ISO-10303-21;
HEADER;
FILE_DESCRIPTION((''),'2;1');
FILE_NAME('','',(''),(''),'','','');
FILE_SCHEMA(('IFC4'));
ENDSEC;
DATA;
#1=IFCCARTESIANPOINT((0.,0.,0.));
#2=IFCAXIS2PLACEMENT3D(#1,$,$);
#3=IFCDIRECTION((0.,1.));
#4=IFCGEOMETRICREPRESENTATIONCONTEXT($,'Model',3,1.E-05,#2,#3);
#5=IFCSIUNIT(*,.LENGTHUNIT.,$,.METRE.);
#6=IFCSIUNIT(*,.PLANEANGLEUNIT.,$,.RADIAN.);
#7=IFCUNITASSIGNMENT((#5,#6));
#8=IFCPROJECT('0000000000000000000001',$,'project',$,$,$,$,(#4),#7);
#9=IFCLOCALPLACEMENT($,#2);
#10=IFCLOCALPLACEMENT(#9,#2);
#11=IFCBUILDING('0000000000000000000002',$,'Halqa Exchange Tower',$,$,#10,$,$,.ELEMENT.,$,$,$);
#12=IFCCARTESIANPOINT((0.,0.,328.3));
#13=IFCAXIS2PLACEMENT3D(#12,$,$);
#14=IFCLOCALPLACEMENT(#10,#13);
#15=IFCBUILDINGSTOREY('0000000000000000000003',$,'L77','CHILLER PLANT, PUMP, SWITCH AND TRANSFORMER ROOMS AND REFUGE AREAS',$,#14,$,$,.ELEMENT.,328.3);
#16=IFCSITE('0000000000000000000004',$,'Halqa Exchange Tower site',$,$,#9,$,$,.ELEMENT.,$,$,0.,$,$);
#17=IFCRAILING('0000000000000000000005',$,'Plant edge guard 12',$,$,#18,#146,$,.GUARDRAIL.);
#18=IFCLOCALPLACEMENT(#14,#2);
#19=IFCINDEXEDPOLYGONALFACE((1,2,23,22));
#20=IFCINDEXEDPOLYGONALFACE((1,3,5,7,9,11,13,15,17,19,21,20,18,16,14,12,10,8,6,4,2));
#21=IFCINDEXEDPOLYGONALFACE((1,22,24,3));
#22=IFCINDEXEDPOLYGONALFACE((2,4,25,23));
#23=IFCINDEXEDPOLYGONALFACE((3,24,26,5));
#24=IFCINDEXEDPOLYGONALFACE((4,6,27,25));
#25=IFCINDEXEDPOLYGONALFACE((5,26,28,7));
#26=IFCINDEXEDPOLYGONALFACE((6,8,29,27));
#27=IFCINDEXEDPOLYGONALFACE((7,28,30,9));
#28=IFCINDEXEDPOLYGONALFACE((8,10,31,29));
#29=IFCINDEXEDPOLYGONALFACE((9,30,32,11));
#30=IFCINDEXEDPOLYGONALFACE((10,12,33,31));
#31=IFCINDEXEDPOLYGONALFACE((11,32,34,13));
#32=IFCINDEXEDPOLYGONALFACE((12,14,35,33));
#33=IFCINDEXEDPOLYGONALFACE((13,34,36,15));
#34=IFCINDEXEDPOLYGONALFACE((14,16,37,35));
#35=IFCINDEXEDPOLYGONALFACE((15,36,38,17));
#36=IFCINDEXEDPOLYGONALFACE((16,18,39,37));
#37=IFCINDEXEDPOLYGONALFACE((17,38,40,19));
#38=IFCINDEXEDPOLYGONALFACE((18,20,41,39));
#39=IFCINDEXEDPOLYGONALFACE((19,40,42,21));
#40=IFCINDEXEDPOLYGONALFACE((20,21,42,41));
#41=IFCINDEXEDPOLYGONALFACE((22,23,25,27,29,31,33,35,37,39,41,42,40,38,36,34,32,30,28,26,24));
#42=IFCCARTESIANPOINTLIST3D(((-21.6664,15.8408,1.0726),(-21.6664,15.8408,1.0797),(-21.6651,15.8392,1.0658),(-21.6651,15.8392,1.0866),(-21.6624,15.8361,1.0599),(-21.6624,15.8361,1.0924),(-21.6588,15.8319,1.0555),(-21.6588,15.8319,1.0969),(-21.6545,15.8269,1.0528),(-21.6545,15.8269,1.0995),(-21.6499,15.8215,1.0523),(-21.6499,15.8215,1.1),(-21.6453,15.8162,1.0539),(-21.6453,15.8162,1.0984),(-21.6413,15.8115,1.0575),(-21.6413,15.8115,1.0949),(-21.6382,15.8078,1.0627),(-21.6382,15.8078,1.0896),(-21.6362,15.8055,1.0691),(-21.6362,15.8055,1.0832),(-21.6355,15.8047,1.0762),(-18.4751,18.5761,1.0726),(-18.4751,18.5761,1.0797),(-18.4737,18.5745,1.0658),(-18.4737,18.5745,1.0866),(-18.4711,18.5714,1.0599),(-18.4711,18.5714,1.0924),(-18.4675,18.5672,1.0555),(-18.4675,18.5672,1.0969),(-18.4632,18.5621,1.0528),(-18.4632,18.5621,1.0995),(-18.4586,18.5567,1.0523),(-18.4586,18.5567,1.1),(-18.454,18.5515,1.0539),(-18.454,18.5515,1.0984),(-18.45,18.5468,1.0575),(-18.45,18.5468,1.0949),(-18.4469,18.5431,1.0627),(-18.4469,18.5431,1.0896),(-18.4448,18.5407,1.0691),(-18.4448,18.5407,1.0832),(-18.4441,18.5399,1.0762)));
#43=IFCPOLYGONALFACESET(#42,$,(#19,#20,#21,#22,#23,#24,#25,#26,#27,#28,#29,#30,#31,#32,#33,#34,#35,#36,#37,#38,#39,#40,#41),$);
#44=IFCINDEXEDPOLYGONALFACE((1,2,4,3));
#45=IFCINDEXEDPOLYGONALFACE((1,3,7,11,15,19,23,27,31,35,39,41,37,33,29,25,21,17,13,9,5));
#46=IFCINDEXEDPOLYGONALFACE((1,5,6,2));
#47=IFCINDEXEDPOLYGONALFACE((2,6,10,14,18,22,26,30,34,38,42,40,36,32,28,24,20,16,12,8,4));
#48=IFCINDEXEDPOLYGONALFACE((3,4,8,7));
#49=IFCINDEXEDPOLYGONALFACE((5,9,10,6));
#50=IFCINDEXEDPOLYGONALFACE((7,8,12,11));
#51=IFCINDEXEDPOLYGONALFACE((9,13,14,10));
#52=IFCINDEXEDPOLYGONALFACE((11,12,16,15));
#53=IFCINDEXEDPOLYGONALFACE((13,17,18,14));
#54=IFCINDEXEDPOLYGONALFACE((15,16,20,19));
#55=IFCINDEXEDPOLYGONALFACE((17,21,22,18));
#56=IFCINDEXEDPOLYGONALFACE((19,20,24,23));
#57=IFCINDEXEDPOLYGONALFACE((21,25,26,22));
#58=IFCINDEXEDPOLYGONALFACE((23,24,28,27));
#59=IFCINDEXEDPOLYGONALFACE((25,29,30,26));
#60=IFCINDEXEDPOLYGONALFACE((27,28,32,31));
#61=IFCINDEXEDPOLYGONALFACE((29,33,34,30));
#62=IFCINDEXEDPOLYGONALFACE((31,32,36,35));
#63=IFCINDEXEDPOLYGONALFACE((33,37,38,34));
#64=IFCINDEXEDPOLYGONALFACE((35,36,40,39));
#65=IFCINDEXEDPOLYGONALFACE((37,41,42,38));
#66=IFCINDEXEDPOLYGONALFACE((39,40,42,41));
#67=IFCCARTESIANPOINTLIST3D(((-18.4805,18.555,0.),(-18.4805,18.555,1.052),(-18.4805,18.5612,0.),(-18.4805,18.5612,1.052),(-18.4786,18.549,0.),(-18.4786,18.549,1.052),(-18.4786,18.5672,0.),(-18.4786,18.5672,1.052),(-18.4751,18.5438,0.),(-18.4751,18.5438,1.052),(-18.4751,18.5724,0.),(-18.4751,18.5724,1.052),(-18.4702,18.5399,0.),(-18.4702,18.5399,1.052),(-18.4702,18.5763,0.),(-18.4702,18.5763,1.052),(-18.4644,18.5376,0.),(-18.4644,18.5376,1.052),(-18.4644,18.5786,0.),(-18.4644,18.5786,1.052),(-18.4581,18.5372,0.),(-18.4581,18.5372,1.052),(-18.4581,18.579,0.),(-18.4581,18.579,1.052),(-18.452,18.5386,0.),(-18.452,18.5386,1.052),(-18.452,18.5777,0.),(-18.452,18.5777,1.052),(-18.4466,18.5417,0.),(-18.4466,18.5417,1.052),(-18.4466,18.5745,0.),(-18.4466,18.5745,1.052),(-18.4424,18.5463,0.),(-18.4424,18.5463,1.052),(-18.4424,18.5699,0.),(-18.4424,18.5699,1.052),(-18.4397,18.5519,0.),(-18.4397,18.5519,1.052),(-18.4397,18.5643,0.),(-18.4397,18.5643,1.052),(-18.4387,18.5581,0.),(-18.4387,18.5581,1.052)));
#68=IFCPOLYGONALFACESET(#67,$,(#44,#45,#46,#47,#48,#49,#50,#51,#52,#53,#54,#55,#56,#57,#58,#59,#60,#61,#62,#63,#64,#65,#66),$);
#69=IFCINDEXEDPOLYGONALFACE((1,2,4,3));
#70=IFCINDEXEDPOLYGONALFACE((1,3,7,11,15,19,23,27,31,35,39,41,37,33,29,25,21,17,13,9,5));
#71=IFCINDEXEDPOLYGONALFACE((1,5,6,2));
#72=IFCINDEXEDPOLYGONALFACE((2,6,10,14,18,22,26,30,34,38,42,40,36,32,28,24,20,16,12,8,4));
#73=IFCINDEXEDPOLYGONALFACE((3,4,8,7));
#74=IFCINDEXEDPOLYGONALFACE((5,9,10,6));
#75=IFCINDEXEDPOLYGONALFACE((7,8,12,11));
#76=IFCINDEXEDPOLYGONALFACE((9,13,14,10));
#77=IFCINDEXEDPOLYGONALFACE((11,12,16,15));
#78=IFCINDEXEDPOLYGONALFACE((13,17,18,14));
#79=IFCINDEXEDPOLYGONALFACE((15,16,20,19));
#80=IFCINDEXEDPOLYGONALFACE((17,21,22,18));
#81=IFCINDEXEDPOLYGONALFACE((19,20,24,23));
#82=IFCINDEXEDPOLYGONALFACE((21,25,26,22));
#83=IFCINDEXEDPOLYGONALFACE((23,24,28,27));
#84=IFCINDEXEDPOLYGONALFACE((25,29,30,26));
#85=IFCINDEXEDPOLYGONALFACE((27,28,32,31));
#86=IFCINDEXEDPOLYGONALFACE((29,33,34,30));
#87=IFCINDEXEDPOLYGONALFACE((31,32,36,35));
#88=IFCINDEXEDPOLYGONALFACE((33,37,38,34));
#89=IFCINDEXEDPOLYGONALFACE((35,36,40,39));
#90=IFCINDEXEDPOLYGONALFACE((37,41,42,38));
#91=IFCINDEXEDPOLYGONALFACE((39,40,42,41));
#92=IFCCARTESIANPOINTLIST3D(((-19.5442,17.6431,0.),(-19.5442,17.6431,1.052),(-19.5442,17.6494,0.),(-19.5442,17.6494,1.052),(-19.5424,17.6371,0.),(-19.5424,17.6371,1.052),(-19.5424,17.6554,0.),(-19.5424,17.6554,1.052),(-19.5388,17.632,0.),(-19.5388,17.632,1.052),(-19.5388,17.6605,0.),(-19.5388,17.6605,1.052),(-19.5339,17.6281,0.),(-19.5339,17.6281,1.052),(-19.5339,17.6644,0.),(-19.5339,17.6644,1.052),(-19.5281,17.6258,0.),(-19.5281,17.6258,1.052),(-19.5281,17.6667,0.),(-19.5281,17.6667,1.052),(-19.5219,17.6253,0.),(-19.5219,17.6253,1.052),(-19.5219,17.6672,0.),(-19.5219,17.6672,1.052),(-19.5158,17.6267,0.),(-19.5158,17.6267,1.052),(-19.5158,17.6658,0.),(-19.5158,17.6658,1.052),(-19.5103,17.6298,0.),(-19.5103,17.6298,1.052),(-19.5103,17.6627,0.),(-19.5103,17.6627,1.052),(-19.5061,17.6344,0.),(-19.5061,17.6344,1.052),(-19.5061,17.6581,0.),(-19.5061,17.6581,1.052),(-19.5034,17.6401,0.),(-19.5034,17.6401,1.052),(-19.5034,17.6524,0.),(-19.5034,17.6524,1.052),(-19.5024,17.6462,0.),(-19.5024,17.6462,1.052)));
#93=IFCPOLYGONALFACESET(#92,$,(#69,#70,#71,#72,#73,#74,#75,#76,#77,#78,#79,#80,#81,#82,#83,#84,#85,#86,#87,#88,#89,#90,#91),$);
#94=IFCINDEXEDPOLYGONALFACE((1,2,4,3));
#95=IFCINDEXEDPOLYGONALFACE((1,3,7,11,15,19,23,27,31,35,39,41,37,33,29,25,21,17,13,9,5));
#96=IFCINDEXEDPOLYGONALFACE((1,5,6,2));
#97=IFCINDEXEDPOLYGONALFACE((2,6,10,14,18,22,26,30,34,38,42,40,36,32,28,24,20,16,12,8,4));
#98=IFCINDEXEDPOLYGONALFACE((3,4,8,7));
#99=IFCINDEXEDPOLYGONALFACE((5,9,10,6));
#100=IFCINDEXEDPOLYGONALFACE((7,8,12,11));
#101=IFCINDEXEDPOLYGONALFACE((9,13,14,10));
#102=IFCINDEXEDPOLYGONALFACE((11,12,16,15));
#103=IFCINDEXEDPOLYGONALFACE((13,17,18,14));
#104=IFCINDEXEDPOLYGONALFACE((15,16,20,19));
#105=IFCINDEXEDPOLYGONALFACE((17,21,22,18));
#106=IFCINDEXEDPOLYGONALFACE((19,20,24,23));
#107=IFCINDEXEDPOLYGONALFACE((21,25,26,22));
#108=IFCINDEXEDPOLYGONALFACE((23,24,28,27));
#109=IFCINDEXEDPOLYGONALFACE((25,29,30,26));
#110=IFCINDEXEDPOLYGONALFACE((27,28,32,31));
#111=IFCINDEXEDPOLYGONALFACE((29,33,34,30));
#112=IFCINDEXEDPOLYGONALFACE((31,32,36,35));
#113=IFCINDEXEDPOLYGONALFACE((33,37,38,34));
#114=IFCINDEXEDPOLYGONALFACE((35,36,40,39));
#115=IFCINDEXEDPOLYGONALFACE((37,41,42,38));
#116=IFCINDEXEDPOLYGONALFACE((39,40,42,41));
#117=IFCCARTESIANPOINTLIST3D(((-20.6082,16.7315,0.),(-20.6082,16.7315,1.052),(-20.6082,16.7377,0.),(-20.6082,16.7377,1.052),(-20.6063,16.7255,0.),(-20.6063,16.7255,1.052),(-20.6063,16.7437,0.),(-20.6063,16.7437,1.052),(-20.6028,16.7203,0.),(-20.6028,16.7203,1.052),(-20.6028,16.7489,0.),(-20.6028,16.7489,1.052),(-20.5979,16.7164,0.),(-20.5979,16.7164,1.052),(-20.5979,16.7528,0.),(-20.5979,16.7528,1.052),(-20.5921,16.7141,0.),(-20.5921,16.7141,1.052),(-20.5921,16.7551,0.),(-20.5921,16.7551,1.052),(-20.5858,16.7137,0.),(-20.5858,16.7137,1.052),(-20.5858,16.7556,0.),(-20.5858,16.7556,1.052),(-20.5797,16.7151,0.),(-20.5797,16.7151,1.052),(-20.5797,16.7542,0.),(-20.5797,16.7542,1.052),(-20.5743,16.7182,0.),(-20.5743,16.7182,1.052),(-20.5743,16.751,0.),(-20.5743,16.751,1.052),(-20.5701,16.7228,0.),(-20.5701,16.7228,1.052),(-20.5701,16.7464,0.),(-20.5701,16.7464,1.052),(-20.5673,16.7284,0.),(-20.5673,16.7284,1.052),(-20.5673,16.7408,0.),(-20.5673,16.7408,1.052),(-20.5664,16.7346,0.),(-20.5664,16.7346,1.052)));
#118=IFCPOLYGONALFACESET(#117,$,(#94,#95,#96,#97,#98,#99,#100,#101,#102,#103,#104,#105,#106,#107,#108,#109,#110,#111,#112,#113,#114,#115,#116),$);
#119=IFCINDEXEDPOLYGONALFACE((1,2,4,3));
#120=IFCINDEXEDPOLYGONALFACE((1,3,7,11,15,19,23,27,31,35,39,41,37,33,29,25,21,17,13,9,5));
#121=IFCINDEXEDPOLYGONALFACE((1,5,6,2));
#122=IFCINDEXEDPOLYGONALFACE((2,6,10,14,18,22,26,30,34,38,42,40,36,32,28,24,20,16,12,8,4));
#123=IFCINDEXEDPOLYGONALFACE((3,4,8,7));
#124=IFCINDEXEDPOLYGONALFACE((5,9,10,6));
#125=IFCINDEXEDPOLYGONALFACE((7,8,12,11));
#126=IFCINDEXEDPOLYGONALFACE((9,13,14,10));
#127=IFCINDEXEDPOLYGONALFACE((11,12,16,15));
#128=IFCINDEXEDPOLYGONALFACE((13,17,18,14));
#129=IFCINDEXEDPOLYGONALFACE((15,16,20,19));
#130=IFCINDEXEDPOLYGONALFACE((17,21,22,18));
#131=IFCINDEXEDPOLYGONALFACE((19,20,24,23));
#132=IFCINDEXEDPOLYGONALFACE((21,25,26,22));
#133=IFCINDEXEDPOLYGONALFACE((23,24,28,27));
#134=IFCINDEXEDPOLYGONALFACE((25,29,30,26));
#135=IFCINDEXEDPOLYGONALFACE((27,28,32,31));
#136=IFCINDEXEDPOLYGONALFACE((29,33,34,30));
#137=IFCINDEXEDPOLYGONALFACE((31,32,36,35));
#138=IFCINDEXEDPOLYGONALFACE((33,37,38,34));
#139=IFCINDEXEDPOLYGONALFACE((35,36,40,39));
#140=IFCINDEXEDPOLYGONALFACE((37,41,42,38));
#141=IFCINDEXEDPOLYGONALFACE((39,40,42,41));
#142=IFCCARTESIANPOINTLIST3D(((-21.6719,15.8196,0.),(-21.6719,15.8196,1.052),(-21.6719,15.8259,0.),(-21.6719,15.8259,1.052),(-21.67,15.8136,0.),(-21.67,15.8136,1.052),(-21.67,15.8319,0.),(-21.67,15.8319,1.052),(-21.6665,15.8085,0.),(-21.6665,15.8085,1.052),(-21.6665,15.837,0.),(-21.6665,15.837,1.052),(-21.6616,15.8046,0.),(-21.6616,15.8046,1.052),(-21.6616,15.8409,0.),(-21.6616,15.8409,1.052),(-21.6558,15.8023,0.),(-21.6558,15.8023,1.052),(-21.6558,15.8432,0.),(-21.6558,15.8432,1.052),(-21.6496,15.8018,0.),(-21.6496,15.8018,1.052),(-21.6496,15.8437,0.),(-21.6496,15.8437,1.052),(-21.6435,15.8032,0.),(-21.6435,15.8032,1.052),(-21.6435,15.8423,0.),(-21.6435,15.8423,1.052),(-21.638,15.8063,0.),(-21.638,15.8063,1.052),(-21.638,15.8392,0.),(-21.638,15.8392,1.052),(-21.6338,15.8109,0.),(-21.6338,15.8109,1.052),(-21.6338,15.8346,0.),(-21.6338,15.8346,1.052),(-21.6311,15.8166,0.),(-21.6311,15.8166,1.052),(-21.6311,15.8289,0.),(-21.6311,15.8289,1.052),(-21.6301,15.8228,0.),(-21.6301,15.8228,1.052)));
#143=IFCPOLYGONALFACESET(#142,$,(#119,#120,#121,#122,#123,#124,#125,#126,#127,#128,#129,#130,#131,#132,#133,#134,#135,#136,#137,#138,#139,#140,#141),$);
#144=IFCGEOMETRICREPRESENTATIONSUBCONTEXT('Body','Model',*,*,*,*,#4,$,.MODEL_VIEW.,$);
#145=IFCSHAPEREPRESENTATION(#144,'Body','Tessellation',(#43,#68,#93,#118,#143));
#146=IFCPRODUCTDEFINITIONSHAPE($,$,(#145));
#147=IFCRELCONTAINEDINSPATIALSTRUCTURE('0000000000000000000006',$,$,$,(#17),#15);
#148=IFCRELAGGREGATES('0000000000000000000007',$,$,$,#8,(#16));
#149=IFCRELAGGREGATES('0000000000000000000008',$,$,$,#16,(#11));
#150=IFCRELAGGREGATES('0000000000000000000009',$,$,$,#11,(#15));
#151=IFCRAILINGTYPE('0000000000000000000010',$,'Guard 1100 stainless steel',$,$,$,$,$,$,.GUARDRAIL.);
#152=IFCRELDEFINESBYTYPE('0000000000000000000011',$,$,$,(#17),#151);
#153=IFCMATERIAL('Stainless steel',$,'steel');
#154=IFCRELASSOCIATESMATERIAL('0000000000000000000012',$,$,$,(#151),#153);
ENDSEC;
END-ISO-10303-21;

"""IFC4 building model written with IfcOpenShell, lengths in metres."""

from ifc_helpers import new_model, si_unit, direction, frame, origin, origin_2d, place, context, subcontext, project, spatial, circle, extrude, material, type_object, element, save


model = new_model("IFC4")

# Units and contexts
model_context = context("Model", 3, precision=1e-05, world=origin(), true_north=direction((0.0, 1.0)))
body_context = subcontext(model_context, "Body", "Model", "MODEL_VIEW")
ifc_project = project(units=[si_unit("LENGTHUNIT", "METRE"), si_unit("PLANEANGLEUNIT", "RADIAN")], contexts=[model_context])

# Site, building, storey
site_placement = place(None, origin())
site = spatial("IfcSite", under=ifc_project, at=site_placement, Name="Halqa Exchange Tower site", CompositionType="ELEMENT", RefElevation=0.0)
building_placement = place(site_placement, origin())
building = spatial("IfcBuilding", under=site, at=building_placement, Name="Halqa Exchange Tower", CompositionType="ELEMENT")
storey_placement = place(building_placement, frame((0.0, 0.0, 328.3)))
storey = spatial("IfcBuildingStorey", under=building, at=storey_placement, Name="L77", Description="CHILLER PLANT, PUMP, SWITCH AND TRANSFORMER ROOMS AND REFUGE AREAS", CompositionType="ELEMENT", Elevation=328.3)

# Railing
ifc_material_1 = material(Name="Stainless steel", Category="steel")
railing_type = type_object("IfcRailingType", Name="Guard 1100 stainless steel", PredefinedType="GUARDRAIL", material=ifc_material_1)
railing_1_placement = place(storey_placement, frame((-18.4597, 18.5581, 0.0)))
element("IfcRailing", 1, at=railing_1_placement, inside=storey, type_object=railing_type, Name="Plant edge guard 12", PredefinedType="GUARDRAIL", context=body_context, shape_type="SweptSolid", body=[
    extrude(circle(Radius=0.0239, at=origin_2d()), frame((0.0, 0.0, 1.0762), z_axis=(-0.759273, -0.650772, 0.0), x_axis=(0.650772, -0.759273, 0.0)), (0.0, 0.0, 1.0), 4.2031),
    extrude(circle(Radius=0.021, at=origin_2d()), origin(), (0.0, 0.0, 1.0), 1.052),
    extrude(circle(Radius=0.021, at=origin_2d()), frame((-1.0637, -0.9119, 0.0)), (0.0, 0.0, 1.0), 1.052),
    extrude(circle(Radius=0.021, at=origin_2d()), frame((-2.1277, -1.8235, 0.0)), (0.0, 0.0, 1.0), 1.052),
    extrude(circle(Radius=0.021, at=origin_2d()), frame((-3.1914, -2.7354, 0.0)), (0.0, 0.0, 1.0), 1.052),
])

save(model, "model.ifc")
